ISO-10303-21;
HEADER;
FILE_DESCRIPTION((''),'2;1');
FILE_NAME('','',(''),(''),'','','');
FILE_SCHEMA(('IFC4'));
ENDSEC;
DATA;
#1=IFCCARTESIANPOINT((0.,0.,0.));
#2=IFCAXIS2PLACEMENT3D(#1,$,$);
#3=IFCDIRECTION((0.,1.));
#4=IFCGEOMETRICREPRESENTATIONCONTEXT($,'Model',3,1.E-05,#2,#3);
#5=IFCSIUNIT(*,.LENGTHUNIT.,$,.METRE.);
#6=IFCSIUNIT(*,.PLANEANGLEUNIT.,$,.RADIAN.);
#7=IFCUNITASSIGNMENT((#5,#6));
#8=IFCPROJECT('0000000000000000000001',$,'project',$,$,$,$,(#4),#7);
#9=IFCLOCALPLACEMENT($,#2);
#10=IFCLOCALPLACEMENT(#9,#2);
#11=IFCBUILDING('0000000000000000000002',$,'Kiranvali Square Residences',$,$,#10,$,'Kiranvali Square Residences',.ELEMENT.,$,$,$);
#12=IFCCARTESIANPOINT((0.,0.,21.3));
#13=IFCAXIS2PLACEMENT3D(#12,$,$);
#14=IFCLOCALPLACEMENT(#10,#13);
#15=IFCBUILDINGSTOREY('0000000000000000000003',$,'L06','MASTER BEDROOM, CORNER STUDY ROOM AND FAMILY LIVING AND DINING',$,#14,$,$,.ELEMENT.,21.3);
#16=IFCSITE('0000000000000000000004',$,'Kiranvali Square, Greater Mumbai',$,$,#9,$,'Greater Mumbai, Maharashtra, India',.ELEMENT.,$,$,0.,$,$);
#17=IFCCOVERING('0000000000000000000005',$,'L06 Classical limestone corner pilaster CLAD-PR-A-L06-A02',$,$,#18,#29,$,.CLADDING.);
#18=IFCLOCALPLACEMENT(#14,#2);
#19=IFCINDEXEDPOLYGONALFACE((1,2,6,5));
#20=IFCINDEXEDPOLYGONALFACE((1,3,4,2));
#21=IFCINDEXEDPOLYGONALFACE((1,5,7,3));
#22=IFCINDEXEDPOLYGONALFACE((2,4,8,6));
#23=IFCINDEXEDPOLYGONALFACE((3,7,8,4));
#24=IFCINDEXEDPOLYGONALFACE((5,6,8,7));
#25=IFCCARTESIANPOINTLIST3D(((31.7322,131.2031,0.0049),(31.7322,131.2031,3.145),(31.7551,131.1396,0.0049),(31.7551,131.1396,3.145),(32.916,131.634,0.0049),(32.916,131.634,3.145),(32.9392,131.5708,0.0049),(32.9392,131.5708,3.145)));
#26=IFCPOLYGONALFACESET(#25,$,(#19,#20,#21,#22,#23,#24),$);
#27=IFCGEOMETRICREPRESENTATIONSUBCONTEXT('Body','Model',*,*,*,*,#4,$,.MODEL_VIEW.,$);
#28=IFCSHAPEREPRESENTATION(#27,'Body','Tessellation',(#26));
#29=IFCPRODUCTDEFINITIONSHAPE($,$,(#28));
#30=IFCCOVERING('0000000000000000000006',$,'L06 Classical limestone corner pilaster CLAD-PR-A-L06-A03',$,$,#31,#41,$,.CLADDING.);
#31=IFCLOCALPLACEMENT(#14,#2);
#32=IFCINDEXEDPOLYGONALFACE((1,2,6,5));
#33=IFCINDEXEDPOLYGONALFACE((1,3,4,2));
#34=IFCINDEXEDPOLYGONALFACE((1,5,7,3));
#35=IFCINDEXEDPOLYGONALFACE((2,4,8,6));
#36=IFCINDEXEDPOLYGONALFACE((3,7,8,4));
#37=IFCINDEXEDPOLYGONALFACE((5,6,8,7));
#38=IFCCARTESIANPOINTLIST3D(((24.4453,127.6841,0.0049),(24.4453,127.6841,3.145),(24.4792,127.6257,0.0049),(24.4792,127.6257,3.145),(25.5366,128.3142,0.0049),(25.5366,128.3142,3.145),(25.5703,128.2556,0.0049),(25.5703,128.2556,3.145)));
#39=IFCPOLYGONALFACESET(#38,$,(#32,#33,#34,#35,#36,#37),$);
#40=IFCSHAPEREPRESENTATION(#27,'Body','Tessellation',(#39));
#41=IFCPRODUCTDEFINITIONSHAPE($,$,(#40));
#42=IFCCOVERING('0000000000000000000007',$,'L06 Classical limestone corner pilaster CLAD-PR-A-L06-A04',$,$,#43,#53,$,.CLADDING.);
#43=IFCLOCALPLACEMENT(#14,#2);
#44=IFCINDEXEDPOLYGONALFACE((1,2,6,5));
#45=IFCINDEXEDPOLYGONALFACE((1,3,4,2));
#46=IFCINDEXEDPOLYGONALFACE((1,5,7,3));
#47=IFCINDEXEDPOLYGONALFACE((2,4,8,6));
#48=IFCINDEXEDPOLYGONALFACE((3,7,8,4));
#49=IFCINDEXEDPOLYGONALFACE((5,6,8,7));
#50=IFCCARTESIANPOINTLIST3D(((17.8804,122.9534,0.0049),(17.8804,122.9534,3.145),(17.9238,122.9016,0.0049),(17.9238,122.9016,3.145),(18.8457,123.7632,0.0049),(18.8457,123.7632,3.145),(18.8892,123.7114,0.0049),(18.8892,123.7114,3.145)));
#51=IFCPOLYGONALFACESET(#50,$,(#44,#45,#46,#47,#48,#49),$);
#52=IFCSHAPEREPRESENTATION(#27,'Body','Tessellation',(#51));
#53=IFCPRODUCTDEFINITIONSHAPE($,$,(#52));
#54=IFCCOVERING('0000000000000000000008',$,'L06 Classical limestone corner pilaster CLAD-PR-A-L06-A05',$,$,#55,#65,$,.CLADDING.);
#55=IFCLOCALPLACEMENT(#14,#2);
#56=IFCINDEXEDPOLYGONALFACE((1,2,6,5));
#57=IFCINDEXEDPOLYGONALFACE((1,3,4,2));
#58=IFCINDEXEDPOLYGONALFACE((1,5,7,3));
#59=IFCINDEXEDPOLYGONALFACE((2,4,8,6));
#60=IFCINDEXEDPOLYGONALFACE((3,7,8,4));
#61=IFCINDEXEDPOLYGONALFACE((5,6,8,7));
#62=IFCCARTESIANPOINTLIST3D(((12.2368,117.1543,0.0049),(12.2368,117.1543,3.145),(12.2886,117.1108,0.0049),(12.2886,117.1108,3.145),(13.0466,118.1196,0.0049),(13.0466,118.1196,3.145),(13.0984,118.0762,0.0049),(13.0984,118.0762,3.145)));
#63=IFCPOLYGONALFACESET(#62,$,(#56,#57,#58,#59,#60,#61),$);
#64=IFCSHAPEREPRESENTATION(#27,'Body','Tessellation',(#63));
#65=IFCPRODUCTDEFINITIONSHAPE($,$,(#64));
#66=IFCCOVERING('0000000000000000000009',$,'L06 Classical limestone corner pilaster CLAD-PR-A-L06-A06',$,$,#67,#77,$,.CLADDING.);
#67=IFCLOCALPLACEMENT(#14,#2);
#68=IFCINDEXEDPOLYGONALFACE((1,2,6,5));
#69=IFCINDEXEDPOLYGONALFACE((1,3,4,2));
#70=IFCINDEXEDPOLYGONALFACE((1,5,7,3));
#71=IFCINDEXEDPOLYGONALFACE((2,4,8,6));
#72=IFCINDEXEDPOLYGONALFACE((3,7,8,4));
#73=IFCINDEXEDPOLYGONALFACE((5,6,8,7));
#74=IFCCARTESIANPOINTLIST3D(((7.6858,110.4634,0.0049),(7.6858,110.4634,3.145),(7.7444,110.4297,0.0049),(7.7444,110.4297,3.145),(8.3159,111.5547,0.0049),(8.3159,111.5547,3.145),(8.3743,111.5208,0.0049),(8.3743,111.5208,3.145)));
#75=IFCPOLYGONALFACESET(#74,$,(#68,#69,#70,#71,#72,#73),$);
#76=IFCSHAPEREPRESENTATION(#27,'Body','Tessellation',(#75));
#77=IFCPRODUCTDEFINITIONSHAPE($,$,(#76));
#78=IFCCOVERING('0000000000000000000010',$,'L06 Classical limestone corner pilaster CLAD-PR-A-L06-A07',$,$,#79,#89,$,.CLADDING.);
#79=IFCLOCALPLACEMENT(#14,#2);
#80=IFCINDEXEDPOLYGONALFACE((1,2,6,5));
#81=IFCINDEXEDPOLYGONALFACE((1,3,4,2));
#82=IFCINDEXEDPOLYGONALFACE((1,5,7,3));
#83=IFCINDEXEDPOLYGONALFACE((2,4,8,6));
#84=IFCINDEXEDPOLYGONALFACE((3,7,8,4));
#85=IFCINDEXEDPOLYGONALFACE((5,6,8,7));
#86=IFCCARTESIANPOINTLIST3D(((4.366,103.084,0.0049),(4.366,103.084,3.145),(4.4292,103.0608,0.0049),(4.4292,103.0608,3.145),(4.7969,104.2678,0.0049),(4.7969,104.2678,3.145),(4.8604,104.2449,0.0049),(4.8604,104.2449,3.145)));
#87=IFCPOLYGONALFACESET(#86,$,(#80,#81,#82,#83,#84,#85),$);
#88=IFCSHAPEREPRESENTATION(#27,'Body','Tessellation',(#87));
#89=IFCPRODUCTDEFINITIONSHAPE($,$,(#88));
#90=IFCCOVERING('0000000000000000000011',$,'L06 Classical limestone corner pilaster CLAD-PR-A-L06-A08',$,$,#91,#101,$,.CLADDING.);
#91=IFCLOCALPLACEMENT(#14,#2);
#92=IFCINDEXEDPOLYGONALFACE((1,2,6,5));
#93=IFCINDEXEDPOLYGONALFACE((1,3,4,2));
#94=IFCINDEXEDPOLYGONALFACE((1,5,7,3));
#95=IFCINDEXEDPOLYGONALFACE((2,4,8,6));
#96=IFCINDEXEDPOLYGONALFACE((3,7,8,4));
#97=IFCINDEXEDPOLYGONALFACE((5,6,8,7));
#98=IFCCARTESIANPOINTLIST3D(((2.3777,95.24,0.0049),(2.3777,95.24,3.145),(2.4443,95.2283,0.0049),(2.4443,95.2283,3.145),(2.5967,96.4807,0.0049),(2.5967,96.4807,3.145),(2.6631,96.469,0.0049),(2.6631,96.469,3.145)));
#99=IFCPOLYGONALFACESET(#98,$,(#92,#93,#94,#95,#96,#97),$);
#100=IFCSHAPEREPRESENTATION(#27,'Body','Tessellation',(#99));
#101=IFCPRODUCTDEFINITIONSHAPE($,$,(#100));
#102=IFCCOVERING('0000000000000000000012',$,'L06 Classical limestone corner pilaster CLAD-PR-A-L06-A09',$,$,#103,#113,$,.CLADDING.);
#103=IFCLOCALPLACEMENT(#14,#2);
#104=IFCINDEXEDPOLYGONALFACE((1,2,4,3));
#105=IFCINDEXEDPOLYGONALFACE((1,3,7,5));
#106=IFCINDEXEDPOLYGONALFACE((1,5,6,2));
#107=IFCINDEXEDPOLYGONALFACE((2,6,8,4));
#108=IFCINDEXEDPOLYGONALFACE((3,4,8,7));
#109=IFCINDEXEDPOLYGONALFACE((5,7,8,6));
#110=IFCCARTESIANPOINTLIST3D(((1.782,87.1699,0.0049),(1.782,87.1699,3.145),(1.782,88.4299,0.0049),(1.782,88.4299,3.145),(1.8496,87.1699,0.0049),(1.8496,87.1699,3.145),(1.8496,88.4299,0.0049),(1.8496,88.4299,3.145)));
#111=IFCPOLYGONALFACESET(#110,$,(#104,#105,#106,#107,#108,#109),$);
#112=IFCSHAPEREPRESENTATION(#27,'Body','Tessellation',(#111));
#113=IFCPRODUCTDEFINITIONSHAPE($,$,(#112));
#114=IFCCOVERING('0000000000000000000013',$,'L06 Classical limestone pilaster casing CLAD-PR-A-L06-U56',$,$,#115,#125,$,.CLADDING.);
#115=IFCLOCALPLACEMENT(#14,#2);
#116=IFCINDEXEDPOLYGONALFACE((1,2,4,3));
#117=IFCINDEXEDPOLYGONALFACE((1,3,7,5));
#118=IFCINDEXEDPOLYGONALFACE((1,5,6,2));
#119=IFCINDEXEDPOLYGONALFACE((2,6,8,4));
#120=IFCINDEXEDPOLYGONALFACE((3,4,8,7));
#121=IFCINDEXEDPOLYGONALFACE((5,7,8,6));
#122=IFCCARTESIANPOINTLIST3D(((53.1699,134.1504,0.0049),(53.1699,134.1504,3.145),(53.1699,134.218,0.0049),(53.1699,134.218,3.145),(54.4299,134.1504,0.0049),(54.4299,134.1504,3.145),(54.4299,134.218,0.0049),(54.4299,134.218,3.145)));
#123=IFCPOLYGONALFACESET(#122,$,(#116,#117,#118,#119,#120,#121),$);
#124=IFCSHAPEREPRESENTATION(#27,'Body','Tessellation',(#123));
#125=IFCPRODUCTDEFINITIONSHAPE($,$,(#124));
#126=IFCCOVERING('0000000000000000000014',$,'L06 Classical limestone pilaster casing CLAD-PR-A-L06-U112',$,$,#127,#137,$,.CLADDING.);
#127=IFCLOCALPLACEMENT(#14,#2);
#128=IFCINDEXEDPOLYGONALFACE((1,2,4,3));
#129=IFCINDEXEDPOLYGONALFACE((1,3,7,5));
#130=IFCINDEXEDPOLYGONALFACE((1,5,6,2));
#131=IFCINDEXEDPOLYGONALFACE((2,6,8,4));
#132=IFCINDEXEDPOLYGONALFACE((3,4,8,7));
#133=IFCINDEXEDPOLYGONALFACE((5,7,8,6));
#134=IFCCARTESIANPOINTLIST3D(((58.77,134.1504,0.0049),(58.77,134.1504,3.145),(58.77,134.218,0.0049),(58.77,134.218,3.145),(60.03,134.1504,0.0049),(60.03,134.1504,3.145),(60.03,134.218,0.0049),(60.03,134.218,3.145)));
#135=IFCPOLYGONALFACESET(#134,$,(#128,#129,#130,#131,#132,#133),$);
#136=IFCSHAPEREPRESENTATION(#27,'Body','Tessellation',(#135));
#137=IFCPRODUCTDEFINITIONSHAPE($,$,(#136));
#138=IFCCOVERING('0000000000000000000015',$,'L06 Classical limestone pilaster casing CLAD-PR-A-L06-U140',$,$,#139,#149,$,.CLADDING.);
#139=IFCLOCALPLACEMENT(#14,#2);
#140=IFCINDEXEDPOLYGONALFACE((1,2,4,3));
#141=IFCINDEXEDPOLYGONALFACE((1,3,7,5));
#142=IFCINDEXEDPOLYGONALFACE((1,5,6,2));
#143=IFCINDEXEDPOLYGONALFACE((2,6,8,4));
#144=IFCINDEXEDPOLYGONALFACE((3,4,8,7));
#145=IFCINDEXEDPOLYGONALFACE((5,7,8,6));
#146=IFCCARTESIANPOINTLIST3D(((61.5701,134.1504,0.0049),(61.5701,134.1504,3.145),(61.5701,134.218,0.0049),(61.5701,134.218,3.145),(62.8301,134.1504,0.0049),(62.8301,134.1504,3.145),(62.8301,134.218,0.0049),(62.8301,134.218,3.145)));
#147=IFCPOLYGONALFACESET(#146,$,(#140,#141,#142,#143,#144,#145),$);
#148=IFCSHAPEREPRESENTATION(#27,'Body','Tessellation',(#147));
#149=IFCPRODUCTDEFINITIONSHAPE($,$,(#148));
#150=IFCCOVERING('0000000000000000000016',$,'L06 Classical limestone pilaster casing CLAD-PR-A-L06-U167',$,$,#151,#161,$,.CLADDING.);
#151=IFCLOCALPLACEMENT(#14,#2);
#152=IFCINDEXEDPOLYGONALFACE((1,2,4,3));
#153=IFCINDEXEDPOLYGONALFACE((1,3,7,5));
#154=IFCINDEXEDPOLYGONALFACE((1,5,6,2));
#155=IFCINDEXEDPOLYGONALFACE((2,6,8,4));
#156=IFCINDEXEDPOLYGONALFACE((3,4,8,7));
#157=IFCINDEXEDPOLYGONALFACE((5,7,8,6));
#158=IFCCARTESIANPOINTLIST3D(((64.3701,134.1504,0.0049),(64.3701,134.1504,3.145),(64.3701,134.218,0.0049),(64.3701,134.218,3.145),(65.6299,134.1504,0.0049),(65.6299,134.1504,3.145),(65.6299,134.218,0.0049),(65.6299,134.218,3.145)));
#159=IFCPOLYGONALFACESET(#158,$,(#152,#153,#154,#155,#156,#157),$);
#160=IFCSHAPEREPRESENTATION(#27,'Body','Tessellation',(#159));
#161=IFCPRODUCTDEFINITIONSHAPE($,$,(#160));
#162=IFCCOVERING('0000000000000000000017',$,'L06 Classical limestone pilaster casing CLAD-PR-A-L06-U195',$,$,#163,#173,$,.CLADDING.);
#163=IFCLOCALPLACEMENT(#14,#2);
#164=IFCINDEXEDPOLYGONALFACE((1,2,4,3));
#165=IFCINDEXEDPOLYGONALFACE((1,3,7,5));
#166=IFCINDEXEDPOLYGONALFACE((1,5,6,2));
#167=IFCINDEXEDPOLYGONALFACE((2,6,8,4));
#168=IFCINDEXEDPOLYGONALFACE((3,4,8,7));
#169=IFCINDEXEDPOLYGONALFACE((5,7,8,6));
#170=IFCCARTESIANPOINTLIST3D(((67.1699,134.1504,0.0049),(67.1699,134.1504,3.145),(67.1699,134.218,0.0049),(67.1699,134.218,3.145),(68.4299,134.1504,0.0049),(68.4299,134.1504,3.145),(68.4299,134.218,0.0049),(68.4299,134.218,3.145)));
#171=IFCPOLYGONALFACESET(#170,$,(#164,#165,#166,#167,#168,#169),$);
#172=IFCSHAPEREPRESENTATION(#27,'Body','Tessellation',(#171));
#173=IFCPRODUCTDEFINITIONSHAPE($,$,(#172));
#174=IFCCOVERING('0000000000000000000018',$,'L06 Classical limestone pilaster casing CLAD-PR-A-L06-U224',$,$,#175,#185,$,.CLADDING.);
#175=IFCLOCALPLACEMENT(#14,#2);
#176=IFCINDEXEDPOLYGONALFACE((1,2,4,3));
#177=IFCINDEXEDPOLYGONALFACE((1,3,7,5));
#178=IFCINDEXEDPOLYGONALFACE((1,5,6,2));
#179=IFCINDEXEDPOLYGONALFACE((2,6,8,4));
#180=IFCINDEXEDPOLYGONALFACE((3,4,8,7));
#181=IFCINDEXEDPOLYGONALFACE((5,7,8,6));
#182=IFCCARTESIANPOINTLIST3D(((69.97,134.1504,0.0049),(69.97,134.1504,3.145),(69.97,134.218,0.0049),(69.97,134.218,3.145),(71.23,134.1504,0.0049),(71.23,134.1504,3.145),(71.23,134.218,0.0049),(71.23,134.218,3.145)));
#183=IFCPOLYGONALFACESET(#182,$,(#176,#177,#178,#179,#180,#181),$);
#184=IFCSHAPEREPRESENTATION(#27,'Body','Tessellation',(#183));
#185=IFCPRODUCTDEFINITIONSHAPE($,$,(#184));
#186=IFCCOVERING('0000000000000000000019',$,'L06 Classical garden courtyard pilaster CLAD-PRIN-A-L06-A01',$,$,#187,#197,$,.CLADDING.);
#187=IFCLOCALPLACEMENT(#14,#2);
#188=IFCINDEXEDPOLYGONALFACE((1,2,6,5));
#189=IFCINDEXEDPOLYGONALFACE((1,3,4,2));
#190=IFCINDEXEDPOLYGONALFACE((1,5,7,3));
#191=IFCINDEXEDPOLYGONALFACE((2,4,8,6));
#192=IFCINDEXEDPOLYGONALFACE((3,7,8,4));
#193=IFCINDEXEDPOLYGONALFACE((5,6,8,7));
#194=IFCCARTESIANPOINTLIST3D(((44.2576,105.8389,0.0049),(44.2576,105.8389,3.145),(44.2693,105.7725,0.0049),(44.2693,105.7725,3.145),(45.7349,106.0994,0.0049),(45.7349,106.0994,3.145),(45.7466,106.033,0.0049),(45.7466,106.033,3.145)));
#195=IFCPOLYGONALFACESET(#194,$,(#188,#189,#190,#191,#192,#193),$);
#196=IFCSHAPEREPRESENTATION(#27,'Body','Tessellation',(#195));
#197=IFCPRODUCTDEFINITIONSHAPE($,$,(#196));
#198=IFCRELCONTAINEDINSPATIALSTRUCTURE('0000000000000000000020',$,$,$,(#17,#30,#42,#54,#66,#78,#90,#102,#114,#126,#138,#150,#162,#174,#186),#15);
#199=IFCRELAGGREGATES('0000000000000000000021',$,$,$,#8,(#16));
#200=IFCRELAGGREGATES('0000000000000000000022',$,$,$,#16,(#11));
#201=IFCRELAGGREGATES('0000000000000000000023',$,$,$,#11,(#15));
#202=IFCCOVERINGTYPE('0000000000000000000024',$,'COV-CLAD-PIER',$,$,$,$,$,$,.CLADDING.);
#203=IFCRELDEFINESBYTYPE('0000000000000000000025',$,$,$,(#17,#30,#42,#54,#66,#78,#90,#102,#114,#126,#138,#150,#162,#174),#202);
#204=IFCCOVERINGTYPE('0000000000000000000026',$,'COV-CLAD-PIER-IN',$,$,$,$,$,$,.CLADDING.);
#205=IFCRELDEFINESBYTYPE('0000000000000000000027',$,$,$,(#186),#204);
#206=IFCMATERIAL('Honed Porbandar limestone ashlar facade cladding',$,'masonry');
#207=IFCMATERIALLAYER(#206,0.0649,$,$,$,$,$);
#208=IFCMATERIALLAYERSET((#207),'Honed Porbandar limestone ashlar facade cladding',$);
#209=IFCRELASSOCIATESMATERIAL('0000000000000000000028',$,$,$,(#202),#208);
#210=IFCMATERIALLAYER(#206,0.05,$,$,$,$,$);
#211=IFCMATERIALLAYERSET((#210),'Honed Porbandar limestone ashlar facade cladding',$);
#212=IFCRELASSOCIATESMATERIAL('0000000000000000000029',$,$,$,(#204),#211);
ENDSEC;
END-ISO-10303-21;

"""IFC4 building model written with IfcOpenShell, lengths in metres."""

from ifc_helpers import new_model, si_unit, direction, frame, origin, place, context, subcontext, project, spatial, polyline, outline, extrude, material, layer, layer_set, type_object, element, save


model = new_model("IFC4")

# Units and contexts
model_context = context("Model", 3, precision=1e-05, world=origin(), true_north=direction((0.0, 1.0)))
body_context = subcontext(model_context, "Body", "Model", "MODEL_VIEW")
ifc_project = project(units=[si_unit("LENGTHUNIT", "METRE"), si_unit("PLANEANGLEUNIT", "RADIAN")], contexts=[model_context])

# Site, building, storey
site_placement = place(None, origin())
site = spatial("IfcSite", under=ifc_project, at=site_placement, Name="Kiranvali Square, Greater Mumbai", LongName="Greater Mumbai, Maharashtra, India", CompositionType="ELEMENT", RefElevation=0.0)
building_placement = place(site_placement, origin())
building = spatial("IfcBuilding", under=site, at=building_placement, Name="Kiranvali Square Residences", LongName="Kiranvali Square Residences", CompositionType="ELEMENT")
storey_placement = place(building_placement, frame((0.0, 0.0, 21.3)))
storey = spatial("IfcBuildingStorey", under=building, at=storey_placement, Name="L06", Description="MASTER BEDROOM, CORNER STUDY ROOM AND FAMILY LIVING AND DINING", CompositionType="ELEMENT", Elevation=21.3)

# Coverings
ifc_material = material(Name="Honed Porbandar limestone ashlar facade cladding", Category="masonry")
ifc_layer_1 = layer(ifc_material, 0.0649)
ifc_layer_set_1 = layer_set([ifc_layer_1], Name="Honed Porbandar limestone ashlar facade cladding")
covering_type_1 = type_object("IfcCoveringType", Name="COV-CLAD-PIER", PredefinedType="CLADDING", material=ifc_layer_set_1)
covering_1_placement = place(storey_placement, frame((0.0, 0.0, 0.0049)))
element("IfcCovering", 1, at=covering_1_placement, inside=storey, type_object=covering_type_1, Name="L06 Classical limestone corner pilaster CLAD-PR-A-L06-A02", PredefinedType="CLADDING", context=body_context, shape_type="SweptSolid", body=[
    extrude(outline(polyline([(32.916, 131.634), (31.7322, 131.2031), (31.7551, 131.1396), (32.9392, 131.5708), (32.916, 131.634)])), origin(), (0.0, 0.0, 1.0), 3.1401),
])
covering_2_placement = place(storey_placement, frame((0.0, 0.0, 0.0049)))
element("IfcCovering", 2, at=covering_2_placement, inside=storey, type_object=covering_type_1, Name="L06 Classical limestone corner pilaster CLAD-PR-A-L06-A03", PredefinedType="CLADDING", context=body_context, shape_type="SweptSolid", body=[
    extrude(outline(polyline([(25.5366, 128.3142), (24.4453, 127.6841), (24.4792, 127.6257), (25.5703, 128.2556), (25.5366, 128.3142)])), origin(), (0.0, 0.0, 1.0), 3.1401),
])
covering_3_placement = place(storey_placement, frame((0.0, 0.0, 0.0049)))
element("IfcCovering", 3, at=covering_3_placement, inside=storey, type_object=covering_type_1, Name="L06 Classical limestone corner pilaster CLAD-PR-A-L06-A04", PredefinedType="CLADDING", context=body_context, shape_type="SweptSolid", body=[
    extrude(outline(polyline([(18.8457, 123.7632), (17.8804, 122.9534), (17.9238, 122.9016), (18.8892, 123.7114), (18.8457, 123.7632)])), origin(), (0.0, 0.0, 1.0), 3.1401),
])
covering_4_placement = place(storey_placement, frame((0.0, 0.0, 0.0049)))
element("IfcCovering", 4, at=covering_4_placement, inside=storey, type_object=covering_type_1, Name="L06 Classical limestone corner pilaster CLAD-PR-A-L06-A05", PredefinedType="CLADDING", context=body_context, shape_type="SweptSolid", body=[
    extrude(outline(polyline([(13.0466, 118.1196), (12.2368, 117.1543), (12.2886, 117.1108), (13.0984, 118.0762), (13.0466, 118.1196)])), origin(), (0.0, 0.0, 1.0), 3.1401),
])
covering_5_placement = place(storey_placement, frame((0.0, 0.0, 0.0049)))
element("IfcCovering", 5, at=covering_5_placement, inside=storey, type_object=covering_type_1, Name="L06 Classical limestone corner pilaster CLAD-PR-A-L06-A06", PredefinedType="CLADDING", context=body_context, shape_type="SweptSolid", body=[
    extrude(outline(polyline([(8.3159, 111.5547), (7.6858, 110.4634), (7.7444, 110.4297), (8.3743, 111.5208), (8.3159, 111.5547)])), origin(), (0.0, 0.0, 1.0), 3.1401),
])
covering_6_placement = place(storey_placement, frame((0.0, 0.0, 0.0049)))
element("IfcCovering", 6, at=covering_6_placement, inside=storey, type_object=covering_type_1, Name="L06 Classical limestone corner pilaster CLAD-PR-A-L06-A07", PredefinedType="CLADDING", context=body_context, shape_type="SweptSolid", body=[
    extrude(outline(polyline([(4.7969, 104.2678), (4.366, 103.084), (4.4292, 103.0608), (4.8604, 104.2449), (4.7969, 104.2678)])), origin(), (0.0, 0.0, 1.0), 3.1401),
])
covering_7_placement = place(storey_placement, frame((0.0, 0.0, 0.0049)))
element("IfcCovering", 7, at=covering_7_placement, inside=storey, type_object=covering_type_1, Name="L06 Classical limestone corner pilaster CLAD-PR-A-L06-A08", PredefinedType="CLADDING", context=body_context, shape_type="SweptSolid", body=[
    extrude(outline(polyline([(2.5967, 96.4807), (2.3777, 95.24), (2.4443, 95.2283), (2.6631, 96.469), (2.5967, 96.4807)])), origin(), (0.0, 0.0, 1.0), 3.1401),
])
covering_8_placement = place(storey_placement, frame((0.0, 0.0, 0.0049)))
element("IfcCovering", 8, at=covering_8_placement, inside=storey, type_object=covering_type_1, Name="L06 Classical limestone corner pilaster CLAD-PR-A-L06-A09", PredefinedType="CLADDING", context=body_context, shape_type="SweptSolid", body=[
    extrude(outline(polyline([(1.782, 88.4299), (1.782, 87.1699), (1.8496, 87.1699), (1.8496, 88.4299), (1.782, 88.4299)])), origin(), (0.0, 0.0, 1.0), 3.1401),
])
covering_9_placement = place(storey_placement, frame((0.0, 0.0, 0.0049)))
element("IfcCovering", 9, at=covering_9_placement, inside=storey, type_object=covering_type_1, Name="L06 Classical limestone pilaster casing CLAD-PR-A-L06-U56", PredefinedType="CLADDING", context=body_context, shape_type="SweptSolid", body=[
    extrude(outline(polyline([(53.1699, 134.1504), (54.4299, 134.1504), (54.4299, 134.218), (53.1699, 134.218), (53.1699, 134.1504)])), origin(), (0.0, 0.0, 1.0), 3.1401),
])
covering_10_placement = place(storey_placement, frame((0.0, 0.0, 0.0049)))
element("IfcCovering", 10, at=covering_10_placement, inside=storey, type_object=covering_type_1, Name="L06 Classical limestone pilaster casing CLAD-PR-A-L06-U112", PredefinedType="CLADDING", context=body_context, shape_type="SweptSolid", body=[
    extrude(outline(polyline([(58.77, 134.1504), (60.03, 134.1504), (60.03, 134.218), (58.77, 134.218), (58.77, 134.1504)])), origin(), (0.0, 0.0, 1.0), 3.1401),
])
covering_11_placement = place(storey_placement, frame((0.0, 0.0, 0.0049)))
element("IfcCovering", 11, at=covering_11_placement, inside=storey, type_object=covering_type_1, Name="L06 Classical limestone pilaster casing CLAD-PR-A-L06-U140", PredefinedType="CLADDING", context=body_context, shape_type="SweptSolid", body=[
    extrude(outline(polyline([(61.5701, 134.1504), (62.8301, 134.1504), (62.8301, 134.218), (61.5701, 134.218), (61.5701, 134.1504)])), origin(), (0.0, 0.0, 1.0), 3.1401),
])
covering_12_placement = place(storey_placement, frame((0.0, 0.0, 0.0049)))
element("IfcCovering", 12, at=covering_12_placement, inside=storey, type_object=covering_type_1, Name="L06 Classical limestone pilaster casing CLAD-PR-A-L06-U167", PredefinedType="CLADDING", context=body_context, shape_type="SweptSolid", body=[
    extrude(outline(polyline([(64.3701, 134.1504), (65.6299, 134.1504), (65.6299, 134.218), (64.3701, 134.218), (64.3701, 134.1504)])), origin(), (0.0, 0.0, 1.0), 3.1401),
])
covering_13_placement = place(storey_placement, frame((0.0, 0.0, 0.0049)))
element("IfcCovering", 13, at=covering_13_placement, inside=storey, type_object=covering_type_1, Name="L06 Classical limestone pilaster casing CLAD-PR-A-L06-U195", PredefinedType="CLADDING", context=body_context, shape_type="SweptSolid", body=[
    extrude(outline(polyline([(67.1699, 134.1504), (68.4299, 134.1504), (68.4299, 134.218), (67.1699, 134.218), (67.1699, 134.1504)])), origin(), (0.0, 0.0, 1.0), 3.1401),
])
covering_14_placement = place(storey_placement, frame((0.0, 0.0, 0.0049)))
element("IfcCovering", 14, at=covering_14_placement, inside=storey, type_object=covering_type_1, Name="L06 Classical limestone pilaster casing CLAD-PR-A-L06-U224", PredefinedType="CLADDING", context=body_context, shape_type="SweptSolid", body=[
    extrude(outline(polyline([(69.97, 134.1504), (71.23, 134.1504), (71.23, 134.218), (69.97, 134.218), (69.97, 134.1504)])), origin(), (0.0, 0.0, 1.0), 3.1401),
])
ifc_layer_2 = layer(ifc_material, 0.05)
ifc_layer_set_2 = layer_set([ifc_layer_2], Name="Honed Porbandar limestone ashlar facade cladding")
covering_type_2 = type_object("IfcCoveringType", Name="COV-CLAD-PIER-IN", PredefinedType="CLADDING", material=ifc_layer_set_2)
covering_15_placement = place(storey_placement, frame((0.0, 0.0, 0.0049)))
element("IfcCovering", 15, at=covering_15_placement, inside=storey, type_object=covering_type_2, Name="L06 Classical garden courtyard pilaster CLAD-PRIN-A-L06-A01", PredefinedType="CLADDING", context=body_context, shape_type="SweptSolid", body=[
    extrude(outline(polyline([(44.2693, 105.7725), (45.7466, 106.033), (45.7349, 106.0994), (44.2576, 105.8389), (44.2693, 105.7725)])), origin(), (0.0, 0.0, 1.0), 3.1401),
])

save(model, "model.ifc")
